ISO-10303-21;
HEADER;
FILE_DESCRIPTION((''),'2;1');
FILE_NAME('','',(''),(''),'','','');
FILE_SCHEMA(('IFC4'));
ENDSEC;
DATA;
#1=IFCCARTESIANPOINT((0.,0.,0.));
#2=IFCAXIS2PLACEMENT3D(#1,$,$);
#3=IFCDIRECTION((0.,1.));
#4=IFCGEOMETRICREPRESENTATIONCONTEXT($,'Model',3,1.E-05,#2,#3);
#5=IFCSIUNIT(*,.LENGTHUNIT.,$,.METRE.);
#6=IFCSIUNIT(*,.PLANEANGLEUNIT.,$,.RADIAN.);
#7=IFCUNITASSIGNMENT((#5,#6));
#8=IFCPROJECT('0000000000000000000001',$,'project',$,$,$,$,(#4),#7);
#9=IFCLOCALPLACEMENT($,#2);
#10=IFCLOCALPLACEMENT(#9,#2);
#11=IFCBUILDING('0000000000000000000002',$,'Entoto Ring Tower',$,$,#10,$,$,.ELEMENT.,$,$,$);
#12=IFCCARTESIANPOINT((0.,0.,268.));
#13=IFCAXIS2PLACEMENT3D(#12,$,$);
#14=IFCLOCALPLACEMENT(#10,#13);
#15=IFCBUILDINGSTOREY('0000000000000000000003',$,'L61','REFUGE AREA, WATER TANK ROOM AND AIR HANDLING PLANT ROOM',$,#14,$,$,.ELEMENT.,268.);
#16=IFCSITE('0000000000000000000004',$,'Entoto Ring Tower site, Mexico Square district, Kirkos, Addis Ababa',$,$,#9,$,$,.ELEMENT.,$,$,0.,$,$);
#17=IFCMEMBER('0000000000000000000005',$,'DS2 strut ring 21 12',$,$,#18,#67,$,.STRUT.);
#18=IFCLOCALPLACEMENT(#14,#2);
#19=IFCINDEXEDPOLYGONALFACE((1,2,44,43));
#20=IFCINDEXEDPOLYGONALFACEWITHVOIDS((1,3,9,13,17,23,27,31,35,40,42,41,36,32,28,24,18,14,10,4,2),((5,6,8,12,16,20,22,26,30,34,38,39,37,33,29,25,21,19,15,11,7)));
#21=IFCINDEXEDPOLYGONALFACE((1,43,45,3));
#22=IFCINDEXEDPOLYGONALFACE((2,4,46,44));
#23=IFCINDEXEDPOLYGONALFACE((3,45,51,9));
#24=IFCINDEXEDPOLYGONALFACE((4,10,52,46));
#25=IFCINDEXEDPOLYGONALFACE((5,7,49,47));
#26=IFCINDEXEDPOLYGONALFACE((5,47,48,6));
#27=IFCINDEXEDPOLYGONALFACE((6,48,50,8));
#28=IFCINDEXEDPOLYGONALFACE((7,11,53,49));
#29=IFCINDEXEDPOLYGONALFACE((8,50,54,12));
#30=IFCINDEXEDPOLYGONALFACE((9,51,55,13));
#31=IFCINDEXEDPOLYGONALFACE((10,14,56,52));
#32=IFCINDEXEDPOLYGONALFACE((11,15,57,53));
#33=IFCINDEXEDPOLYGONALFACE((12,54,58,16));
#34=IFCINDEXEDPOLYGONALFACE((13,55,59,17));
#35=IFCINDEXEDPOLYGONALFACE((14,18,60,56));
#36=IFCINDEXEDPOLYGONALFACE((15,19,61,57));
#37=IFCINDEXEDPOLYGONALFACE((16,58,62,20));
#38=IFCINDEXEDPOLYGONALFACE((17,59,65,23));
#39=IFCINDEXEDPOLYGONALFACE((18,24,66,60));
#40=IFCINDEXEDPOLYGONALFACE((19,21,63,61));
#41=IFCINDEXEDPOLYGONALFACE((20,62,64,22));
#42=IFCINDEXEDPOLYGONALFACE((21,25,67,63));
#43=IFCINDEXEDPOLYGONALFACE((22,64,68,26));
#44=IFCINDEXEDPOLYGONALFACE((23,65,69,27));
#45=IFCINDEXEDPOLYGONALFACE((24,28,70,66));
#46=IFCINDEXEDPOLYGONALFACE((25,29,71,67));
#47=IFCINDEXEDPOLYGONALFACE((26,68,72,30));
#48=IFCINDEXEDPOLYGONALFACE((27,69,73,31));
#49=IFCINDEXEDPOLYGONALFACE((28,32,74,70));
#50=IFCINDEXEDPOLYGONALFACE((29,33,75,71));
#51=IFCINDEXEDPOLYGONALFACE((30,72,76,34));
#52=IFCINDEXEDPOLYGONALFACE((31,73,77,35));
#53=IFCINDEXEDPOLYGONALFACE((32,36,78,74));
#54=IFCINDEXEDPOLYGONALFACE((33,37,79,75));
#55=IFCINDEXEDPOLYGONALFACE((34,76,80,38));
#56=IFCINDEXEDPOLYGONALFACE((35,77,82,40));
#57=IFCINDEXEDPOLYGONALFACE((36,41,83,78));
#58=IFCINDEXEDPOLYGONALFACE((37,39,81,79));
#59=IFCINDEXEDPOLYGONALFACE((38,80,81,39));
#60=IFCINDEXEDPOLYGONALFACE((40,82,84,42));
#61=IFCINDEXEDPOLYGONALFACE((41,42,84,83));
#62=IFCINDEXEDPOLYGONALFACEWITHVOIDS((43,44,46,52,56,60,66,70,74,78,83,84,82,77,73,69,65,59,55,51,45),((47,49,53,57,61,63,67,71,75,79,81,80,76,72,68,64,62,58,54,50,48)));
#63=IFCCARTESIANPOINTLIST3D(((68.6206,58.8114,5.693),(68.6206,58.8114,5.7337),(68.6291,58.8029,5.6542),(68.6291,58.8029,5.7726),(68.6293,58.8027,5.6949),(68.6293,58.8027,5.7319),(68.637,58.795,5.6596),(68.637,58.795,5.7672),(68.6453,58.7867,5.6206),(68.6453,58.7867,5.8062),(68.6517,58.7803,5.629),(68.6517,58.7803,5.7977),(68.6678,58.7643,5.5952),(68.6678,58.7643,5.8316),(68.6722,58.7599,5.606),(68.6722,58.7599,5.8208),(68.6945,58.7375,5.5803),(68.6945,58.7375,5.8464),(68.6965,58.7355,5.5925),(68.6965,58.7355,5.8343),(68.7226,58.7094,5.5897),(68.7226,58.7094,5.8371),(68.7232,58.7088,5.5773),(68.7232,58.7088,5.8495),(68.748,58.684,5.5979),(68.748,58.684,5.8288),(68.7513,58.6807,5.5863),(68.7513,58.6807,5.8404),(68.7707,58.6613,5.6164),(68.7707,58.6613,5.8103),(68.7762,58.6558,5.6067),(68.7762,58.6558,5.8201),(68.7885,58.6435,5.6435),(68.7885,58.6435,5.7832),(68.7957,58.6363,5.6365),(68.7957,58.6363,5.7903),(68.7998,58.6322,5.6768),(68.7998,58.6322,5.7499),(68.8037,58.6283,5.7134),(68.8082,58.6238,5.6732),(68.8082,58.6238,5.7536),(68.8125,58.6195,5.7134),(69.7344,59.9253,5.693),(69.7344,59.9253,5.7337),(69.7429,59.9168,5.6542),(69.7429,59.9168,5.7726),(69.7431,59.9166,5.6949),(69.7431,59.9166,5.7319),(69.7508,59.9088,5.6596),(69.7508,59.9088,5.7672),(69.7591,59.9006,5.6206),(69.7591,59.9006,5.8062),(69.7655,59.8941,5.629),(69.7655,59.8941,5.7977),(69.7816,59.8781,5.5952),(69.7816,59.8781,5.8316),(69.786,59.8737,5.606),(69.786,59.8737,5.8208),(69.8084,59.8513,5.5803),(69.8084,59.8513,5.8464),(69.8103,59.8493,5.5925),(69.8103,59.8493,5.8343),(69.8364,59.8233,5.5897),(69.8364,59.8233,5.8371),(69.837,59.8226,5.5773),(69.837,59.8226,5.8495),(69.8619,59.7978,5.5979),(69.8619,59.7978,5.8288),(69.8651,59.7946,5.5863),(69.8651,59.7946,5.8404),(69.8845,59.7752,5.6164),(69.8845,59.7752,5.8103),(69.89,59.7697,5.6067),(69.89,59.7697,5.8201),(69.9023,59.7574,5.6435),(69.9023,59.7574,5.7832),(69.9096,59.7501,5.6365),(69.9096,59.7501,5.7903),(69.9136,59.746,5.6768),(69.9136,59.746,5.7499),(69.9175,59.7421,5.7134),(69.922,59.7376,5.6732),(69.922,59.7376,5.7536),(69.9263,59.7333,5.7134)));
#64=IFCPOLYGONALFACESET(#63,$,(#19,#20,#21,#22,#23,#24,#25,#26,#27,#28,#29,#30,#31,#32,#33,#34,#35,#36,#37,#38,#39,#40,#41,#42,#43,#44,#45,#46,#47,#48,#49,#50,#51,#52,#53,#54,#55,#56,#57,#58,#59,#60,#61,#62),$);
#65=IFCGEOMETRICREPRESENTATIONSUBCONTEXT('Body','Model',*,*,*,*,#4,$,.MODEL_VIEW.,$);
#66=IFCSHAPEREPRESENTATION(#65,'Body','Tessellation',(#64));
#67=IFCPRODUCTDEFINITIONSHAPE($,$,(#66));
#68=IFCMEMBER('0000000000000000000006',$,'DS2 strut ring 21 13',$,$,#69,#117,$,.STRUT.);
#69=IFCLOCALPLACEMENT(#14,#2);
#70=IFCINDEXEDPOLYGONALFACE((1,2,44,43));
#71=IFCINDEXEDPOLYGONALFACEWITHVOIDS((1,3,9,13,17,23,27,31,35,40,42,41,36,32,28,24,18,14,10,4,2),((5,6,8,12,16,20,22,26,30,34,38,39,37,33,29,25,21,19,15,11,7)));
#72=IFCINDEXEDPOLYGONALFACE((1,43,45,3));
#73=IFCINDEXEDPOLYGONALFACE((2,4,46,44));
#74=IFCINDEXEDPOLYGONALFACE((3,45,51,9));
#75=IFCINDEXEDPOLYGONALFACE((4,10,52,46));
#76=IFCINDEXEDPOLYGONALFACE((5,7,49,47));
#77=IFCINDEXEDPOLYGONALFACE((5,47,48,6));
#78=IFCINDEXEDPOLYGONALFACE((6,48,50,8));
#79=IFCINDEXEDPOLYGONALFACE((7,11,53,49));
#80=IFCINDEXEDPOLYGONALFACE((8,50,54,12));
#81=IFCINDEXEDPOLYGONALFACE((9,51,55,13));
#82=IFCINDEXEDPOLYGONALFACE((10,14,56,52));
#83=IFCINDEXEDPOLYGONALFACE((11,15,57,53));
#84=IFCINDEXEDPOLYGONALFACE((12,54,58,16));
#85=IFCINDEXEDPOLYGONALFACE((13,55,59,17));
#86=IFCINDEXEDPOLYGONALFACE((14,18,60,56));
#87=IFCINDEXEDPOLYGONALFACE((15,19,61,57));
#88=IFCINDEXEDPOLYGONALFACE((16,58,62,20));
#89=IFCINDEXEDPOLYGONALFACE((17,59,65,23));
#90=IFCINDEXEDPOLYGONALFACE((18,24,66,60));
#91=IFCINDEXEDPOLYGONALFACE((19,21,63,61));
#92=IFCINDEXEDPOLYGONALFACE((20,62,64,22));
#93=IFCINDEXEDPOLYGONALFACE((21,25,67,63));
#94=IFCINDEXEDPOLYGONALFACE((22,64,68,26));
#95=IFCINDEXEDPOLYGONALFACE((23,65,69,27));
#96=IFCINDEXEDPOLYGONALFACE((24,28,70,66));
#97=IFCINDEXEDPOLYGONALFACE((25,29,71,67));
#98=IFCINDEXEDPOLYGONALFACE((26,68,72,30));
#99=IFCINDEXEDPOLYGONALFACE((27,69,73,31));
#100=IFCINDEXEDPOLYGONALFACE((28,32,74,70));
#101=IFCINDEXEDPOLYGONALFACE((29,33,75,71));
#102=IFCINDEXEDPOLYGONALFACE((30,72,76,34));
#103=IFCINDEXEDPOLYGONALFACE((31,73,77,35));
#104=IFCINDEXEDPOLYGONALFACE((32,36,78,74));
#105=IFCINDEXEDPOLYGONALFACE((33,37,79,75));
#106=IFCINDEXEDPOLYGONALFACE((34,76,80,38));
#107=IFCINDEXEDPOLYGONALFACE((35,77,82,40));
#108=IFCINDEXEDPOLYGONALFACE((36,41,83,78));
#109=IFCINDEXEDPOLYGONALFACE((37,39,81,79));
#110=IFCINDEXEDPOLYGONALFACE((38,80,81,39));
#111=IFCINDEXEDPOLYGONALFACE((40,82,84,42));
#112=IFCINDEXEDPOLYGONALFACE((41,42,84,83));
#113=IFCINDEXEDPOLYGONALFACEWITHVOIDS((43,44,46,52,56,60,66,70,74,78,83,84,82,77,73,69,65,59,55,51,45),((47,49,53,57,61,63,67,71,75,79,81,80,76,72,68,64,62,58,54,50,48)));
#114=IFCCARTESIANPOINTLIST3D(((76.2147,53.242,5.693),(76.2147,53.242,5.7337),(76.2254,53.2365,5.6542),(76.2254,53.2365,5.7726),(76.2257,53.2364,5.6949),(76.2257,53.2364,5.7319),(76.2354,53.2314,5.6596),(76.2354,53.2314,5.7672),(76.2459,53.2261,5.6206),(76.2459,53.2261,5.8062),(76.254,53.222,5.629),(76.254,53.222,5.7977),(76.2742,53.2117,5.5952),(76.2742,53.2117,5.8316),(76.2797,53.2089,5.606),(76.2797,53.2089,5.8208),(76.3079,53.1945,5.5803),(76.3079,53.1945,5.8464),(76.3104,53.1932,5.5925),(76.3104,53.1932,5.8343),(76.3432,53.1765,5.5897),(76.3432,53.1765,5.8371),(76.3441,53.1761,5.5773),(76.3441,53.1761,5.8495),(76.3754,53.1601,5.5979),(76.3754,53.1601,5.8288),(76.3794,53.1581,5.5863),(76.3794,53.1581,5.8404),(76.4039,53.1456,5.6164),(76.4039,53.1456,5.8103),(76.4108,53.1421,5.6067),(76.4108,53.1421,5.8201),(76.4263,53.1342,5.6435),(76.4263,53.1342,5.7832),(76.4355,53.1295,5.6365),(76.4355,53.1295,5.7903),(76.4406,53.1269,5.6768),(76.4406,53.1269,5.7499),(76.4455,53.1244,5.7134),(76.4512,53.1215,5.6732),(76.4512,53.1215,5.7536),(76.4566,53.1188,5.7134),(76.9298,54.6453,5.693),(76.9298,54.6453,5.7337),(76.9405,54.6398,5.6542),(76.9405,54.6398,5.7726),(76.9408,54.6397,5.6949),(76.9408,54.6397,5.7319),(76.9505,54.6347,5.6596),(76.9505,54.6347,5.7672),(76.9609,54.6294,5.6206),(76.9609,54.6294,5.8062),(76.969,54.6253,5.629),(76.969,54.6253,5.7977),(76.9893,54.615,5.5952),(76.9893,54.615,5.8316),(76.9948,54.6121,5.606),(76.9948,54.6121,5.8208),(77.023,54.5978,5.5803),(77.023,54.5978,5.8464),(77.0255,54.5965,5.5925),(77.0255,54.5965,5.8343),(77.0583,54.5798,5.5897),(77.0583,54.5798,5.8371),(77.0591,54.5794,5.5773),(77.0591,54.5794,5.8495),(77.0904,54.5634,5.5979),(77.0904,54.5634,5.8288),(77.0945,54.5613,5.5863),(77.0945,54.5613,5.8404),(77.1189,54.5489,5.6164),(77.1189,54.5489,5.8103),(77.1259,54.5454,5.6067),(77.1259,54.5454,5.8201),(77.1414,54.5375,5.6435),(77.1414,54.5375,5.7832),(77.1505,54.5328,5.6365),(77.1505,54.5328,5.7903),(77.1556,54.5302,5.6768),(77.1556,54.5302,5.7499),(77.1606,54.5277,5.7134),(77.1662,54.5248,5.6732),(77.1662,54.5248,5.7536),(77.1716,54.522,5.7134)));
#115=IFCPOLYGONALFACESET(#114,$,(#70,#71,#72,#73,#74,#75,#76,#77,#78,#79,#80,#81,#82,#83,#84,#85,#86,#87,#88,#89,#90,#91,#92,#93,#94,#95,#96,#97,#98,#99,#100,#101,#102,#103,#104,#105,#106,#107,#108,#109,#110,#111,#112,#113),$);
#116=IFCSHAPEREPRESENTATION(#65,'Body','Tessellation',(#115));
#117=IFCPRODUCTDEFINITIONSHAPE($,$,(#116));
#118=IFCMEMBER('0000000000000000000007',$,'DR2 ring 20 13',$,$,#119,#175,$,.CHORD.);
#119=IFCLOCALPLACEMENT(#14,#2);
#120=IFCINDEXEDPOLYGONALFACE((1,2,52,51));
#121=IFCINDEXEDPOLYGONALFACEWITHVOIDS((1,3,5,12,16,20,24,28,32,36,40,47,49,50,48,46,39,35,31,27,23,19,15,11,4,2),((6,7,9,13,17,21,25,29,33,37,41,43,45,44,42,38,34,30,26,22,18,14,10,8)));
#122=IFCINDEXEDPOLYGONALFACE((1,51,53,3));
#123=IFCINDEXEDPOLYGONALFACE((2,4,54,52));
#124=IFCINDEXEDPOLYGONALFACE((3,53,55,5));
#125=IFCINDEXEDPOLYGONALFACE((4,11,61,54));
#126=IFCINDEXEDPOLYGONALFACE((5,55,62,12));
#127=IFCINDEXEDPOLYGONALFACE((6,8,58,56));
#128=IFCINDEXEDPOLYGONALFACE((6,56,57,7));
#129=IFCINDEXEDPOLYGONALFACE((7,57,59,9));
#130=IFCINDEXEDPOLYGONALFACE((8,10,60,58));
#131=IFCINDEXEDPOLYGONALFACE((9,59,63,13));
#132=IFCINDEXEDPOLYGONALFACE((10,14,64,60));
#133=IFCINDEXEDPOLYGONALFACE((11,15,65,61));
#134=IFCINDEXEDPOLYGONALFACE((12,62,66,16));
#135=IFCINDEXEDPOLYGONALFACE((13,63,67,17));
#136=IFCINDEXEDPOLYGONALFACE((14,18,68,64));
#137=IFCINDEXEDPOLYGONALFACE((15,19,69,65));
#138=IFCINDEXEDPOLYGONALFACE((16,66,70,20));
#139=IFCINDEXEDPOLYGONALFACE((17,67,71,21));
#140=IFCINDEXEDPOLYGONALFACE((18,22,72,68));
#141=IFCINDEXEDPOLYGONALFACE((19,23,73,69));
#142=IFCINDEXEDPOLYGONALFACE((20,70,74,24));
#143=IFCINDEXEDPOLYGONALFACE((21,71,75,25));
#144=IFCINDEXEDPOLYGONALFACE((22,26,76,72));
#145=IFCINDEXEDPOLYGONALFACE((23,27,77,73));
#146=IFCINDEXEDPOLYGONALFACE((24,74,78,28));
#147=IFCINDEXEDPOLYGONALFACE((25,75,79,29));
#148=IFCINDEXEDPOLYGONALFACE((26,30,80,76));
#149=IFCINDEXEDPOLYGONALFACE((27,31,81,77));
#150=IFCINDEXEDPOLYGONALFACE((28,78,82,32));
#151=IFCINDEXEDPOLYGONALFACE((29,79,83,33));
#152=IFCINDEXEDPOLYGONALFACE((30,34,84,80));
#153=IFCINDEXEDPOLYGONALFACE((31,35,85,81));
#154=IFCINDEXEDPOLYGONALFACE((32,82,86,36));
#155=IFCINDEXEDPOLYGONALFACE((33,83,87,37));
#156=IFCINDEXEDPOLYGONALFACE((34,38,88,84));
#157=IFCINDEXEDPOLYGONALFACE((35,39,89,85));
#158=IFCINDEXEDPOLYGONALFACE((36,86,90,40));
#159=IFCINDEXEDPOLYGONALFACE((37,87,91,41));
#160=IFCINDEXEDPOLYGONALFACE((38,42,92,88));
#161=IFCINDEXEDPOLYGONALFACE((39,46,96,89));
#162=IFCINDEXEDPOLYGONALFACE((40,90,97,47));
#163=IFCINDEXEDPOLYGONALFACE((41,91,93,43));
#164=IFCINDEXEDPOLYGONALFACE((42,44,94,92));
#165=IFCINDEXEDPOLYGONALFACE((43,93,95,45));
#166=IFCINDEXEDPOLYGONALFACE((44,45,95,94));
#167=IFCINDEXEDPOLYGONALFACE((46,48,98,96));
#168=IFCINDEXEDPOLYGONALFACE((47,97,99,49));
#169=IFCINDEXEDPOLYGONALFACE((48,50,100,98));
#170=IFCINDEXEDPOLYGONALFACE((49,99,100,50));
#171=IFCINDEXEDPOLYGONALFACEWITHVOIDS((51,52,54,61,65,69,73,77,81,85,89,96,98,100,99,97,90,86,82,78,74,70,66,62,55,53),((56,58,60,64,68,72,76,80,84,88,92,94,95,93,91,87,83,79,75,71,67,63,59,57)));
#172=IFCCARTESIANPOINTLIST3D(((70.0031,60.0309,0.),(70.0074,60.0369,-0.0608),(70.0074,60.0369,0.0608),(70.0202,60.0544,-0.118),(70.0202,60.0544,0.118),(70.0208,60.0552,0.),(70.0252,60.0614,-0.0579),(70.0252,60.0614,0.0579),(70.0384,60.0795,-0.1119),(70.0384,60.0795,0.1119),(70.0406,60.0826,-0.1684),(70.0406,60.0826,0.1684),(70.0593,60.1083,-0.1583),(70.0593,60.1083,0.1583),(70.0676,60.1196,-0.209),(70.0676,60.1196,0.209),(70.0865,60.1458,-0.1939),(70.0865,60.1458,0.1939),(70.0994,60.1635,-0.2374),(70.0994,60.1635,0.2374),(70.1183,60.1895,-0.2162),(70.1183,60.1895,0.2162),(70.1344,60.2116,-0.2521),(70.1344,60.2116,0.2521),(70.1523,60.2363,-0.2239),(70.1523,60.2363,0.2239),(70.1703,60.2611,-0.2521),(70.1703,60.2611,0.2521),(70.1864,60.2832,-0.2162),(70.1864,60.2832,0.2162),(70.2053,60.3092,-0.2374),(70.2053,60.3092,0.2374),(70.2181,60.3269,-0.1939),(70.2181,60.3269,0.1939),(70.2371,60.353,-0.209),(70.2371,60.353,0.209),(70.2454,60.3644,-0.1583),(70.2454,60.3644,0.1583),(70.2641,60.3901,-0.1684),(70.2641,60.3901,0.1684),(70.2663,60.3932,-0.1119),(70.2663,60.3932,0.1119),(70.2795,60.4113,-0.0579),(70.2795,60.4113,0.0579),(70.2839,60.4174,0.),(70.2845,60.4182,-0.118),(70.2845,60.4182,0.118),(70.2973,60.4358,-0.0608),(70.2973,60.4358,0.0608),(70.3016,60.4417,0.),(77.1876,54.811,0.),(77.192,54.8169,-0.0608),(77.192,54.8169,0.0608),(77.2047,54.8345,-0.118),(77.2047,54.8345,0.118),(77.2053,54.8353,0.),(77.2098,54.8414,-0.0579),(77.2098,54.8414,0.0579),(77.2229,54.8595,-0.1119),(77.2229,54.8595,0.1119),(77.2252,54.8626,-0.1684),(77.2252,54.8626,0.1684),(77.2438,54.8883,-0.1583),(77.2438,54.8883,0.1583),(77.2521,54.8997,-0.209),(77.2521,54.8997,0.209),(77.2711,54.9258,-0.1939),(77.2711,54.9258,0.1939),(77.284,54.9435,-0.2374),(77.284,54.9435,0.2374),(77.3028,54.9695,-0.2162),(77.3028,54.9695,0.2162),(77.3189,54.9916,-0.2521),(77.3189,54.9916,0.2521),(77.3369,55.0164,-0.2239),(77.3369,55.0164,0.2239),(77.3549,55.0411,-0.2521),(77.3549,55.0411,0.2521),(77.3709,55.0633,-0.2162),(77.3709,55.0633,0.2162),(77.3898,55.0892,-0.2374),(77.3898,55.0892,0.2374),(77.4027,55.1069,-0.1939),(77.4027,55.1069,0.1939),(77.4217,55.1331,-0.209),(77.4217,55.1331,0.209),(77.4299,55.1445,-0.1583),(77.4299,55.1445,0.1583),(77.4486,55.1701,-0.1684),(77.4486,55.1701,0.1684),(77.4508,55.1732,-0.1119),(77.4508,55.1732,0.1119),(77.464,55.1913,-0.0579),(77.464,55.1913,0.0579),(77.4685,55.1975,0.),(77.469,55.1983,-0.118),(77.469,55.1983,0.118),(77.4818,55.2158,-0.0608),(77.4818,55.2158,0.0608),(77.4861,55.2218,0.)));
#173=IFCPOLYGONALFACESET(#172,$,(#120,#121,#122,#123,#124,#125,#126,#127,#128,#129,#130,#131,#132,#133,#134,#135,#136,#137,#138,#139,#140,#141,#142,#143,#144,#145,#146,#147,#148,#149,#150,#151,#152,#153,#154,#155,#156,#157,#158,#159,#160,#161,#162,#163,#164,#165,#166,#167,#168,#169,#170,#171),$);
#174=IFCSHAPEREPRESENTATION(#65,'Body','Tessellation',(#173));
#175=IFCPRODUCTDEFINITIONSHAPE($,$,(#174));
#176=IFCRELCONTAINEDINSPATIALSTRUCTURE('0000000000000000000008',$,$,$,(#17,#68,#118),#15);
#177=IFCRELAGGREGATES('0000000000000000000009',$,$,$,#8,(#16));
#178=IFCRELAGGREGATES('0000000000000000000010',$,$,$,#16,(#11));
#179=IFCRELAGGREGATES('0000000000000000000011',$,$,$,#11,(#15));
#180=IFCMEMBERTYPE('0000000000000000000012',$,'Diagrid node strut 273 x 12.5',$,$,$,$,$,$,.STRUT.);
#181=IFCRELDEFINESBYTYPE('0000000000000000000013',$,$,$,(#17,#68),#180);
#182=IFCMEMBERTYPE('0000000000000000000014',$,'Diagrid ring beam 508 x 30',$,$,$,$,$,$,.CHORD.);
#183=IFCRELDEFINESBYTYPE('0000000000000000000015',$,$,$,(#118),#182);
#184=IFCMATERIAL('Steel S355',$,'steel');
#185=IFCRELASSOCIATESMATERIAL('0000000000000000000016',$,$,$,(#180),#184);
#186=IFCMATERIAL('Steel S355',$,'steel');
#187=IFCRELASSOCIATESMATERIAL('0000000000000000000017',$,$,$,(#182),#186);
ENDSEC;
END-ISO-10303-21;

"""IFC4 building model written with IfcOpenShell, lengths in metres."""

from ifc_helpers import new_model, si_unit, direction, frame, origin, origin_2d, place, context, subcontext, project, spatial, circle, hollow_circle, extrude, material, material_profile, profile_set, type_object, element, save


model = new_model("IFC4")

# Units and contexts
model_context = context("Model", 3, precision=1e-05, world=origin(), true_north=direction((0.0, 1.0)))
body_context = subcontext(model_context, "Body", "Model", "MODEL_VIEW")
ifc_project = project(units=[si_unit("LENGTHUNIT", "METRE"), si_unit("PLANEANGLEUNIT", "RADIAN")], contexts=[model_context])

# Site, building, storey
site_placement = place(None, origin())
site = spatial("IfcSite", under=ifc_project, at=site_placement, Name="Entoto Ring Tower site, Mexico Square district, Kirkos, Addis Ababa", CompositionType="ELEMENT", RefElevation=0.0)
building_placement = place(site_placement, origin())
building = spatial("IfcBuilding", under=site, at=building_placement, Name="Entoto Ring Tower", CompositionType="ELEMENT")
storey_placement = place(building_placement, frame((0.0, 0.0, 268.0)))
storey = spatial("IfcBuildingStorey", under=building, at=storey_placement, Name="L61", Description="REFUGE AREA, WATER TANK ROOM AND AIR HANDLING PLANT ROOM", CompositionType="ELEMENT", Elevation=268.0)

# Members
ifc_material_1 = material(Name="Steel S355", Category="steel")
ifc_material_profile_1 = material_profile(ifc_material_1, hollow_circle(Radius=0.1365, WallThickness=0.0125, at=origin_2d()), Name="CHS 273 x 12.5")
ifc_material_2 = material(Name="Concrete C60/75", Category="concrete")
ifc_material_profile_2 = material_profile(ifc_material_2, circle(Radius=0.124, at=origin_2d()), Name="Concrete C60/75 infill")
ifc_profile_set_1 = profile_set([ifc_material_profile_1, ifc_material_profile_2], Name="Steel S355")
member_type_1 = type_object("IfcMemberType", Name="Diagrid node strut 273 x 12.5", PredefinedType="STRUT", material=ifc_profile_set_1)
member_1_placement = place(storey_placement, frame((69.8298, 59.8298, 5.7134), z_axis=(-0.707107, -0.707107, 0.0), x_axis=(0.707107, -0.707107, 0.0)))
element("IfcMember", 1, at=member_1_placement, inside=storey, type_object=member_type_1, Name="DS2 strut ring 21 12", PredefinedType="STRUT", context=body_context, shape_type="SweptSolid", body=[
    extrude(hollow_circle(Radius=0.1365, WallThickness=0.0125, at=origin_2d()), origin(), (0.0, 0.0, 1.0), 1.5752),
])
member_2_placement = place(storey_placement, frame((77.05, 54.584, 5.7134), z_axis=(-0.454021, -0.890991, 0.0), x_axis=(0.890991, -0.454021, 0.0)))
element("IfcMember", 2, at=member_2_placement, inside=storey, type_object=member_type_1, Name="DS2 strut ring 21 13", PredefinedType="STRUT", context=body_context, shape_type="SweptSolid", body=[
    extrude(hollow_circle(Radius=0.1365, WallThickness=0.0125, at=origin_2d()), origin(), (0.0, 0.0, 1.0), 1.575),
])
ifc_material_3 = material(Name="Steel S355", Category="steel")
ifc_material_profile_3 = material_profile(ifc_material_3, hollow_circle(Radius=0.2539, WallThickness=0.03, at=origin_2d()), Name="CHS 508 x 30")
ifc_material_4 = material(Name="Concrete C60/75", Category="concrete")
ifc_material_profile_4 = material_profile(ifc_material_4, circle(Radius=0.2241, at=origin_2d()), Name="Concrete C60/75 infill")
ifc_profile_set_2 = profile_set([ifc_material_profile_3, ifc_material_profile_4], Name="Steel S355")
member_type_2 = type_object("IfcMemberType", Name="Diagrid ring beam 508 x 30", PredefinedType="CHORD", material=ifc_profile_set_2)
member_3_placement = place(storey_placement, frame((70.1523, 60.2363, 0.0), z_axis=(0.809013, -0.587791, 0.0), x_axis=(0.587791, 0.809013, 0.0)))
element("IfcMember", 3, at=member_3_placement, inside=storey, type_object=member_type_2, Name="DR2 ring 20 13", PredefinedType="CHORD", context=body_context, shape_type="SweptSolid", body=[
    extrude(hollow_circle(Radius=0.2539, WallThickness=0.03, at=origin_2d()), origin(), (0.0, 0.0, 1.0), 8.8806),
])

save(model, "model.ifc")
